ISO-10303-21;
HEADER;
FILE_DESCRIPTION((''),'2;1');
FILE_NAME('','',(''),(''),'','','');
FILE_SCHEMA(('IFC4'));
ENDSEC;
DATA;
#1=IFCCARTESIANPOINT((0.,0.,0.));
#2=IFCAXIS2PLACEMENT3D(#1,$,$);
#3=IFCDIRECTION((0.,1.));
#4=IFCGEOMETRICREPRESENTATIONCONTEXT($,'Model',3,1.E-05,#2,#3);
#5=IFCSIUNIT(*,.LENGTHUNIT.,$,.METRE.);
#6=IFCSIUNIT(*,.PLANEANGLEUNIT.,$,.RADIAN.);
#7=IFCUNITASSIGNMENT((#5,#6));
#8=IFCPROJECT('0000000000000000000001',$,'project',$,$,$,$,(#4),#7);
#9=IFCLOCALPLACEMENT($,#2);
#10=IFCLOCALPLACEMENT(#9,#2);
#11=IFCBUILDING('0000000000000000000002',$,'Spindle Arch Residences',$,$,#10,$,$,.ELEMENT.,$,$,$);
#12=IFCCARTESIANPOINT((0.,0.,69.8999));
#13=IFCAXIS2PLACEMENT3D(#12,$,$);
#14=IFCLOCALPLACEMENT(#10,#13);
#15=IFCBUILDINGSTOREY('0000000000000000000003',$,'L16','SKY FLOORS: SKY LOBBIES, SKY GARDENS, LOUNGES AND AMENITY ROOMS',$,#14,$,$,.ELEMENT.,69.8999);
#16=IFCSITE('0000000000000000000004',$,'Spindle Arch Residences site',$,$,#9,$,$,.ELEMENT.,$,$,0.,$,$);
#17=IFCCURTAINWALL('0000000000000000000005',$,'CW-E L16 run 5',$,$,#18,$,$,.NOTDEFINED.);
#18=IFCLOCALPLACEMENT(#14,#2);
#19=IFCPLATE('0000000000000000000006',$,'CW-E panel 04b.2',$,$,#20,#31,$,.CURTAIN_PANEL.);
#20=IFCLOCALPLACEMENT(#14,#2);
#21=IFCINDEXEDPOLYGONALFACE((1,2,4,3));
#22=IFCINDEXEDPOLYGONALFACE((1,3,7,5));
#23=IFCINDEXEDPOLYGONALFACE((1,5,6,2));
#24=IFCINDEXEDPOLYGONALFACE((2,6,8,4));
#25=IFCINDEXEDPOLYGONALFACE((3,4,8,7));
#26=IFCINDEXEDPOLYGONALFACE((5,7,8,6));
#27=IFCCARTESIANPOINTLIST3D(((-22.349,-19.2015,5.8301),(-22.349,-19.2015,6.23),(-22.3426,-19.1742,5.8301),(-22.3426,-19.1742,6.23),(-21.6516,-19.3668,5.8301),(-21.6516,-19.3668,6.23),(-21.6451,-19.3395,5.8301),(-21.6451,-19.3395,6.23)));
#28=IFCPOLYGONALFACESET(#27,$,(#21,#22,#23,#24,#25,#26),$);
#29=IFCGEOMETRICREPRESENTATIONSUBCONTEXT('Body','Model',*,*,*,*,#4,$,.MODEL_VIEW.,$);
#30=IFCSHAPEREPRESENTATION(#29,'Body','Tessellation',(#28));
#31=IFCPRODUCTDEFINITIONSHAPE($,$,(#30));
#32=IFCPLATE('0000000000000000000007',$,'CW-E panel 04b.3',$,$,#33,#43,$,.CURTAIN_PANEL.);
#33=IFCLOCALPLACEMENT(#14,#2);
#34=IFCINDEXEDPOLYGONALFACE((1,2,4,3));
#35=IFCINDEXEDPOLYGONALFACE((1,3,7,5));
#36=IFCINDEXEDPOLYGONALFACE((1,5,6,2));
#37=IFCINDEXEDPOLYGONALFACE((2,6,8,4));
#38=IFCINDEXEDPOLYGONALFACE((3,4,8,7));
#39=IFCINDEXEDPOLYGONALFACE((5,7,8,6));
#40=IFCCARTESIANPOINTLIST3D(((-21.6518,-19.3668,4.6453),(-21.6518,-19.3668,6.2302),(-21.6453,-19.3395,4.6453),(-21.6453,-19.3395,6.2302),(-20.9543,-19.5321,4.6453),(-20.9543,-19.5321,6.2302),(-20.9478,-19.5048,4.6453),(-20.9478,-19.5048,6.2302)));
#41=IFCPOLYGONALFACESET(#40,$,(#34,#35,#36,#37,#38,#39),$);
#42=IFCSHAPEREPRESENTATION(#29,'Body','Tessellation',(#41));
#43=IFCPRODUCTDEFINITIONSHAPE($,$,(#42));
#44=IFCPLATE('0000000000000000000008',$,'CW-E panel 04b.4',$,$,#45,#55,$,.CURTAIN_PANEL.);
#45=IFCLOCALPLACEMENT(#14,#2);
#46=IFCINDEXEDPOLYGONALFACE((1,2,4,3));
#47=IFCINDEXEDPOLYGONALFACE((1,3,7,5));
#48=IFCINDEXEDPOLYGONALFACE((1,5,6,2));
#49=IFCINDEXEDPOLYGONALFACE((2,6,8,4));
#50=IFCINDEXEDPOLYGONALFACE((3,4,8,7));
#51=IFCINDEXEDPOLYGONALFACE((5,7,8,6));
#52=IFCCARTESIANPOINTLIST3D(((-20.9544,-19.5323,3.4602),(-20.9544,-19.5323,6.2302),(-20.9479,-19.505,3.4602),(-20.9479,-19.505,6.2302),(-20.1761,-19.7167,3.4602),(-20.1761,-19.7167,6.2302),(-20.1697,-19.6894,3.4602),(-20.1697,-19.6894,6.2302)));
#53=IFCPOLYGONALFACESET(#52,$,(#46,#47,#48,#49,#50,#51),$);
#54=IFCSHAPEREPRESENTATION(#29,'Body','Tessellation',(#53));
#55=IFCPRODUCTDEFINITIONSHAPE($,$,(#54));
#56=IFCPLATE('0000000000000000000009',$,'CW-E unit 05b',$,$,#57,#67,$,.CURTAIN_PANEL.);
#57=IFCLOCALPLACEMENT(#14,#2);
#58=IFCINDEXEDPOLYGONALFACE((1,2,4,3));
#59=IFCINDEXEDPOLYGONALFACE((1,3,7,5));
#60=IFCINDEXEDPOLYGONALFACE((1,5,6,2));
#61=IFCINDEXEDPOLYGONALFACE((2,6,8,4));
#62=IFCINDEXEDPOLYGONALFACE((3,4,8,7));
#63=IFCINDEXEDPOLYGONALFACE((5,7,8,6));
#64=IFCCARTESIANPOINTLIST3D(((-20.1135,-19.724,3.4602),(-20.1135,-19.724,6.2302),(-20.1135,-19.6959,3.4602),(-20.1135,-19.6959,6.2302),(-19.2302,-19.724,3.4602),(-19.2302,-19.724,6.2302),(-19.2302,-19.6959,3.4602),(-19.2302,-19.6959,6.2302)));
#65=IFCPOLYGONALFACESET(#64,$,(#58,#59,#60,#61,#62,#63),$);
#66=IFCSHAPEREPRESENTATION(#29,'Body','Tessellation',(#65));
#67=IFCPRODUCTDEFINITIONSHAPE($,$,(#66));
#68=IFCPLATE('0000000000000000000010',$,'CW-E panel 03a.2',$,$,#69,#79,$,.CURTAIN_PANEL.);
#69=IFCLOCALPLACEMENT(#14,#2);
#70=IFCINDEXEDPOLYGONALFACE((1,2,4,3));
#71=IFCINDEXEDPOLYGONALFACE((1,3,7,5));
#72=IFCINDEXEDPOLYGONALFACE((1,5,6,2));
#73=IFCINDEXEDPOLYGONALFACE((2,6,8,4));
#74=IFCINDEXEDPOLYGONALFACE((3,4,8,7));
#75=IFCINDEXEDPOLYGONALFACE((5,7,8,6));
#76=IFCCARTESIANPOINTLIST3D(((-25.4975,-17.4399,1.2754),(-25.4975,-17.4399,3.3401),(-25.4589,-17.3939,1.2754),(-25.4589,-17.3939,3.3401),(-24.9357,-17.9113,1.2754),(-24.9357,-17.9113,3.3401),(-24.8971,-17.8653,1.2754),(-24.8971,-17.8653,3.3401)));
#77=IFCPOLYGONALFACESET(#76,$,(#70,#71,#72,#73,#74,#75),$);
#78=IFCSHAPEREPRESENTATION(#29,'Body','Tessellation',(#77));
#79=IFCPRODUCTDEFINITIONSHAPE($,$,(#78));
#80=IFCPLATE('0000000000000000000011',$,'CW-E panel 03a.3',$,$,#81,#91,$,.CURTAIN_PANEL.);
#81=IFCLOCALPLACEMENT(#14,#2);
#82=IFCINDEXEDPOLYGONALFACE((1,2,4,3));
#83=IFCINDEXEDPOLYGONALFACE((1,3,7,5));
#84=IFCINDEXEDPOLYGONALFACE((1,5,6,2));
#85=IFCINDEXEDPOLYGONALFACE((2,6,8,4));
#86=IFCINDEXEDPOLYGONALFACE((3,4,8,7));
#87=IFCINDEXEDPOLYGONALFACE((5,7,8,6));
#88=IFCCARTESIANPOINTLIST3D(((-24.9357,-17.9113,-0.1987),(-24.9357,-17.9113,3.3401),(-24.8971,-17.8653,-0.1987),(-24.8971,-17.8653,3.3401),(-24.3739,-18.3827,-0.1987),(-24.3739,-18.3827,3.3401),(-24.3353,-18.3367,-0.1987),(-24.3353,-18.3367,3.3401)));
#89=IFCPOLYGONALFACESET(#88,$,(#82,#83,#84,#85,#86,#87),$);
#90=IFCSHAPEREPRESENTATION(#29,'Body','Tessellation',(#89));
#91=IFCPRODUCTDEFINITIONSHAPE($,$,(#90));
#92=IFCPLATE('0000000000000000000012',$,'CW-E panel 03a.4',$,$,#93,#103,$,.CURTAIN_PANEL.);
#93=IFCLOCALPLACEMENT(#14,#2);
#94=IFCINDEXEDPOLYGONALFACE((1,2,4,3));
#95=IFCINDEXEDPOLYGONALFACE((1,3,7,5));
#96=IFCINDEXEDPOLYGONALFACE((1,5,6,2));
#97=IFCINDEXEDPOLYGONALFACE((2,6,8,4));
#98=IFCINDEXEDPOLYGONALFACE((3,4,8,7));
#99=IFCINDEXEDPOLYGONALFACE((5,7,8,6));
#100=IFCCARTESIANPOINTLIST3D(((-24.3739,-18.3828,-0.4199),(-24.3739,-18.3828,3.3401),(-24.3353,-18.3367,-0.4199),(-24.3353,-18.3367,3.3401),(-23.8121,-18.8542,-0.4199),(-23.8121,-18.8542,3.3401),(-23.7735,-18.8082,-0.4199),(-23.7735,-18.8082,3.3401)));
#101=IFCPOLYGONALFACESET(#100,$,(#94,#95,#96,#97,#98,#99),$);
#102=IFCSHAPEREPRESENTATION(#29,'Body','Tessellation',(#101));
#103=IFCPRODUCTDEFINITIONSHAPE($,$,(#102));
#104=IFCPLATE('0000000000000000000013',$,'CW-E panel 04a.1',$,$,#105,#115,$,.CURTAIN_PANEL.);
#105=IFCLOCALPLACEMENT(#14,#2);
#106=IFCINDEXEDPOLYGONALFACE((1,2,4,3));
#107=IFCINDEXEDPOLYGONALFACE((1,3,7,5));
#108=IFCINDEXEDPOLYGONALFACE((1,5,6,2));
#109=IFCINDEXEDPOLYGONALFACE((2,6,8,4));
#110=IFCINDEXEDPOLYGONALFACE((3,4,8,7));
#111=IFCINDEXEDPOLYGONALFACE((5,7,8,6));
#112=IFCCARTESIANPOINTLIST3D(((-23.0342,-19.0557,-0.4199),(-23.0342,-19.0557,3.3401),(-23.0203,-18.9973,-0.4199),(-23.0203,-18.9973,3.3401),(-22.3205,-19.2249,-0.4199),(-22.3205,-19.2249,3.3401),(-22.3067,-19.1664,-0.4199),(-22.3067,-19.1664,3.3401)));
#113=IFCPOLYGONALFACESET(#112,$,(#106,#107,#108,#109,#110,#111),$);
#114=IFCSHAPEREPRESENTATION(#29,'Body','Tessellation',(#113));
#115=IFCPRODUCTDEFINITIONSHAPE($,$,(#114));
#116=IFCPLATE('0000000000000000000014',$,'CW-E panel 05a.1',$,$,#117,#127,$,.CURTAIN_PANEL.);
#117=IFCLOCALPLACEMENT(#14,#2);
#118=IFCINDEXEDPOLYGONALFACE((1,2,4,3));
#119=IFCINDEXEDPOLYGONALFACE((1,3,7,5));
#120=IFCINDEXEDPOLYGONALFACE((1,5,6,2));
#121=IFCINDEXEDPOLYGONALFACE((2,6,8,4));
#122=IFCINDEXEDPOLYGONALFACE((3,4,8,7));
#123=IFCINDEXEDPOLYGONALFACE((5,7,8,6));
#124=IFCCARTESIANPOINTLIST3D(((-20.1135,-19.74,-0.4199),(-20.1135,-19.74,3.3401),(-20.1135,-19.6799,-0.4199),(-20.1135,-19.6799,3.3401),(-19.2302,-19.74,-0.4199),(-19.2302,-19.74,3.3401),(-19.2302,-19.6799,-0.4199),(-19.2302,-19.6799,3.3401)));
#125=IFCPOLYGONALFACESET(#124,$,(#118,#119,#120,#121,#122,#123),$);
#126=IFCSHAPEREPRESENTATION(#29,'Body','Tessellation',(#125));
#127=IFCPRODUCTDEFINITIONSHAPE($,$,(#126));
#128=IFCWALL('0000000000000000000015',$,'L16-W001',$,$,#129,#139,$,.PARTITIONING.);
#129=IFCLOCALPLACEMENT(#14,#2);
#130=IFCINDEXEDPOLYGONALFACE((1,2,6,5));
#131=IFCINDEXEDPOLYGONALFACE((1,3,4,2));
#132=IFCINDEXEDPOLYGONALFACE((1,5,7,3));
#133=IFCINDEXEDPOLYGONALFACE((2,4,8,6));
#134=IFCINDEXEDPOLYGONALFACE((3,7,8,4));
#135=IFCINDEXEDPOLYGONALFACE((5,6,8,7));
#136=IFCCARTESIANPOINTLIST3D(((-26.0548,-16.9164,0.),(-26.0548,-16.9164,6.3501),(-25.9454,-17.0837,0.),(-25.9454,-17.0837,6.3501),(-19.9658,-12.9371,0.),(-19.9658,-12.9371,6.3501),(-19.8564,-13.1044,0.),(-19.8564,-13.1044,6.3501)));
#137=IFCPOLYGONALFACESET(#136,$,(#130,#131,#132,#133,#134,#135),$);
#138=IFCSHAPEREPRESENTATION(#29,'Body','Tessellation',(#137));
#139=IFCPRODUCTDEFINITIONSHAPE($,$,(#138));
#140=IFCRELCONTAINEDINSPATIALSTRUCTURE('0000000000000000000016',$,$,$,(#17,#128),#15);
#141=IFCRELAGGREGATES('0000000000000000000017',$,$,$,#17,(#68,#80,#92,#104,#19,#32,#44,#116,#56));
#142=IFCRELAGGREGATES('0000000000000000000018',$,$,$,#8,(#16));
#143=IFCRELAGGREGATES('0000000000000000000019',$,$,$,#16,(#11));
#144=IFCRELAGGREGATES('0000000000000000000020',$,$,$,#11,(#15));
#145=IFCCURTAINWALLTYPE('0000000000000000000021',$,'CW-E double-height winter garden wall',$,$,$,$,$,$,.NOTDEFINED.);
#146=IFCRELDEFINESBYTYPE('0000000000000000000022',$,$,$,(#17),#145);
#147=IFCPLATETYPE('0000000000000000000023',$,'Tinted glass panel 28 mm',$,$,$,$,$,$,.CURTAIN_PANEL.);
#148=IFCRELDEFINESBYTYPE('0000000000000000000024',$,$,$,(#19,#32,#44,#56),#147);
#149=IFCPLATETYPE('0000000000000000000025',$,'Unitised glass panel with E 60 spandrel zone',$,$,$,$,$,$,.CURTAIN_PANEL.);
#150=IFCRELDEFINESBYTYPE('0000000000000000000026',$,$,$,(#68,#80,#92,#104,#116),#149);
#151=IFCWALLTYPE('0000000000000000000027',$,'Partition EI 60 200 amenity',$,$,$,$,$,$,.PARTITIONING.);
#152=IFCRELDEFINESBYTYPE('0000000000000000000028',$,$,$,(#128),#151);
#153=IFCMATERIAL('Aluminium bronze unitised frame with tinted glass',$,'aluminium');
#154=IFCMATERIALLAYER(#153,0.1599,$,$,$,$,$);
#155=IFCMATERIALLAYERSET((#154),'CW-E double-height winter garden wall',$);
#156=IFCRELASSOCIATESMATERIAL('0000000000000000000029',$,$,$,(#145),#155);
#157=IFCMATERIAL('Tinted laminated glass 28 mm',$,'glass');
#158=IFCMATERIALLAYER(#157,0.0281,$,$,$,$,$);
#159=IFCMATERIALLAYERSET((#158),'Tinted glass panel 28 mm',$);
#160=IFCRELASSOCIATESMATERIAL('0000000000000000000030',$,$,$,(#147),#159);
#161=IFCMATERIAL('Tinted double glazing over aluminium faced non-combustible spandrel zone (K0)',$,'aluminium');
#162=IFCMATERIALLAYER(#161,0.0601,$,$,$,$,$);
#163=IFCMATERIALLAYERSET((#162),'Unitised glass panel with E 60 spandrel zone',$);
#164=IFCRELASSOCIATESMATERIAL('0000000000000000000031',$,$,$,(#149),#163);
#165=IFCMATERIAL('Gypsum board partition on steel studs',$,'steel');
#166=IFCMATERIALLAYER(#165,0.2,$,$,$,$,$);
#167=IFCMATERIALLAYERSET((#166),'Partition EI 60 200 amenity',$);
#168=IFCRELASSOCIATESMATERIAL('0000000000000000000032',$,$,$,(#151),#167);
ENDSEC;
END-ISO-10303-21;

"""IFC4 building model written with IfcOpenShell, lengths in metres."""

from ifc_helpers import new_model, si_unit, direction, frame, frame_2d, origin, origin_2d, place, context, subcontext, project, spatial, rectangle, extrude, material, layer, layer_set, type_object, element, aggregate, save


model = new_model("IFC4")

# Units and contexts
model_context = context("Model", 3, precision=1e-05, world=origin(), true_north=direction((0.0, 1.0)))
body_context = subcontext(model_context, "Body", "Model", "MODEL_VIEW")
ifc_project = project(units=[si_unit("LENGTHUNIT", "METRE"), si_unit("PLANEANGLEUNIT", "RADIAN")], contexts=[model_context])

# Site, building, storey
site_placement = place(None, origin())
site = spatial("IfcSite", under=ifc_project, at=site_placement, Name="Spindle Arch Residences site", CompositionType="ELEMENT", RefElevation=0.0)
building_placement = place(site_placement, origin())
building = spatial("IfcBuilding", under=site, at=building_placement, Name="Spindle Arch Residences", CompositionType="ELEMENT")
storey_placement = place(building_placement, frame((0.0, 0.0, 69.8999)))
storey = spatial("IfcBuildingStorey", under=building, at=storey_placement, Name="L16", Description="SKY FLOORS: SKY LOBBIES, SKY GARDENS, LOUNGES AND AMENITY ROOMS", CompositionType="ELEMENT", Elevation=69.8999)

# Curtain wall, plates
ifc_material_1 = material(Name="Aluminium bronze unitised frame with tinted glass", Category="aluminium")
ifc_layer_1 = layer(ifc_material_1, 0.1599)
ifc_layer_set_1 = layer_set([ifc_layer_1], Name="CW-E double-height winter garden wall")
curtain_wall_type = type_object("IfcCurtainWallType", Name="CW-E double-height winter garden wall", PredefinedType="NOTDEFINED", material=ifc_layer_set_1)
curtain_wall_placement = place(storey_placement, origin())
curtain_wall = element("IfcCurtainWall", 1, at=curtain_wall_placement, inside=storey, type_object=curtain_wall_type, Name="CW-E L16 run 5", PredefinedType="NOTDEFINED")
ifc_material_2 = material(Name="Tinted laminated glass 28 mm", Category="glass")
ifc_layer_2 = layer(ifc_material_2, 0.0281)
ifc_layer_set_2 = layer_set([ifc_layer_2], Name="Tinted glass panel 28 mm")
plate_type_1 = type_object("IfcPlateType", Name="Tinted glass panel 28 mm", PredefinedType="CURTAIN_PANEL", material=ifc_layer_set_2)
plate_1_placement = place(storey_placement, frame((-21.9971, -19.2705, 5.8301), z_axis=(0.0, 0.0, 1.0), x_axis=(0.973045, -0.230616, 0.0)))
plate_1 = element("IfcPlate", 2, at=plate_1_placement, type_object=plate_type_1, Name="CW-E panel 04b.2", PredefinedType="CURTAIN_PANEL", context=body_context, shape_type="SweptSolid", body=[
    extrude(rectangle(XDim=0.7168, YDim=0.0281, at=origin_2d()), origin(), (0.0, 0.0, 1.0), 0.3999),
])
plate_2_placement = place(storey_placement, frame((-21.2998, -19.4358, 4.6453), z_axis=(0.0, 0.0, 1.0), x_axis=(0.973045, -0.230616, 0.0)))
plate_2 = element("IfcPlate", 3, at=plate_2_placement, type_object=plate_type_1, Name="CW-E panel 04b.3", PredefinedType="CURTAIN_PANEL", context=body_context, shape_type="SweptSolid", body=[
    extrude(rectangle(XDim=0.7168, YDim=0.0281, at=origin_2d()), origin(), (0.0, 0.0, 1.0), 1.585),
])
plate_3_placement = place(storey_placement, frame((-20.562, -19.6108, 3.4602), z_axis=(0.0, 0.0, 1.0), x_axis=(0.973045, -0.230616, 0.0)))
plate_3 = element("IfcPlate", 4, at=plate_3_placement, type_object=plate_type_1, Name="CW-E panel 04b.4", PredefinedType="CURTAIN_PANEL", context=body_context, shape_type="SweptSolid", body=[
    extrude(rectangle(XDim=0.7998, YDim=0.0281, at=origin_2d()), origin(), (0.0, 0.0, 1.0), 2.77),
])
plate_4_placement = place(storey_placement, frame((-19.6719, -19.71, 3.4602), z_axis=(0.0, 0.0, 1.0), x_axis=(1.0, 0.0, 0.0)))
plate_4 = element("IfcPlate", 5, at=plate_4_placement, type_object=plate_type_1, Name="CW-E unit 05b", PredefinedType="CURTAIN_PANEL", context=body_context, shape_type="SweptSolid", body=[
    extrude(rectangle(XDim=0.8833, YDim=0.0281, at=origin_2d()), origin(), (0.0, 0.0, 1.0), 2.77),
])
ifc_material_3 = material(Name="Tinted double glazing over aluminium faced non-combustible spandrel zone (K0)", Category="aluminium")
ifc_layer_3 = layer(ifc_material_3, 0.0601)
ifc_layer_set_3 = layer_set([ifc_layer_3], Name="Unitised glass panel with E 60 spandrel zone")
plate_type_2 = type_object("IfcPlateType", Name="Unitised glass panel with E 60 spandrel zone", PredefinedType="CURTAIN_PANEL", material=ifc_layer_set_3)
plate_5_placement = place(storey_placement, frame((-25.1973, -17.6526, 1.2754), z_axis=(0.0, 0.0, 1.0), x_axis=(0.766044, -0.642788, 0.0)))
plate_5 = element("IfcPlate", 6, at=plate_5_placement, type_object=plate_type_2, Name="CW-E panel 03a.2", PredefinedType="CURTAIN_PANEL", context=body_context, shape_type="SweptSolid", body=[
    extrude(rectangle(XDim=0.7334, YDim=0.0601, at=origin_2d()), origin(), (0.0, 0.0, 1.0), 2.0647),
])
plate_6_placement = place(storey_placement, frame((-24.6355, -18.124, -0.1987), z_axis=(0.0, 0.0, 1.0), x_axis=(0.766044, -0.642788, 0.0)))
plate_6 = element("IfcPlate", 7, at=plate_6_placement, type_object=plate_type_2, Name="CW-E panel 03a.3", PredefinedType="CURTAIN_PANEL", context=body_context, shape_type="SweptSolid", body=[
    extrude(rectangle(XDim=0.7334, YDim=0.0601, at=origin_2d()), origin(), (0.0, 0.0, 1.0), 3.5388),
])
plate_7_placement = place(storey_placement, frame((-24.0737, -18.5955, -0.4199), z_axis=(0.0, 0.0, 1.0), x_axis=(0.766044, -0.642788, 0.0)))
plate_7 = element("IfcPlate", 8, at=plate_7_placement, type_object=plate_type_2, Name="CW-E panel 03a.4", PredefinedType="CURTAIN_PANEL", context=body_context, shape_type="SweptSolid", body=[
    extrude(rectangle(XDim=0.7334, YDim=0.0601, at=origin_2d()), origin(), (0.0, 0.0, 1.0), 3.76),
])
plate_8_placement = place(storey_placement, frame((-22.6704, -19.1111, -0.4199), z_axis=(0.0, 0.0, 1.0), x_axis=(0.973045, -0.230616, 0.0)))
plate_8 = element("IfcPlate", 9, at=plate_8_placement, type_object=plate_type_2, Name="CW-E panel 04a.1", PredefinedType="CURTAIN_PANEL", context=body_context, shape_type="SweptSolid", body=[
    extrude(rectangle(XDim=0.7334, YDim=0.0601, at=origin_2d()), origin(), (0.0, 0.0, 1.0), 3.76),
])
plate_9_placement = place(storey_placement, frame((-19.6719, -19.71, -0.4199), z_axis=(0.0, 0.0, 1.0), x_axis=(1.0, 0.0, 0.0)))
plate_9 = element("IfcPlate", 10, at=plate_9_placement, type_object=plate_type_2, Name="CW-E panel 05a.1", PredefinedType="CURTAIN_PANEL", context=body_context, shape_type="SweptSolid", body=[
    extrude(rectangle(XDim=0.8833, YDim=0.0601, at=origin_2d()), origin(), (0.0, 0.0, 1.0), 3.76),
])
aggregate(curtain_wall, [plate_5, plate_6, plate_7, plate_8, plate_1, plate_2, plate_3, plate_9, plate_4])

# Wall
ifc_material_4 = material(Name="Gypsum board partition on steel studs", Category="steel")
ifc_layer_4 = layer(ifc_material_4, 0.2)
ifc_layer_set_4 = layer_set([ifc_layer_4], Name="Partition EI 60 200 amenity")
wall_type = type_object("IfcWallType", Name="Partition EI 60 200 amenity", PredefinedType="PARTITIONING", material=ifc_layer_set_4)
wall_placement = place(storey_placement, frame((-19.9111, -13.0208, 0.0), z_axis=(0.0, 0.0, 1.0), x_axis=(-0.837091, -0.547063, 0.0)))
element("IfcWall", 11, at=wall_placement, inside=storey, type_object=wall_type, Name="L16-W001", PredefinedType="PARTITIONING", context=body_context, shape_type="SweptSolid", body=[
    extrude(rectangle(XDim=7.2739, YDim=0.2, at=frame_2d((3.637, 0.0))), origin(), (0.0, 0.0, 1.0), 6.3501),
])

save(model, "model.ifc")
